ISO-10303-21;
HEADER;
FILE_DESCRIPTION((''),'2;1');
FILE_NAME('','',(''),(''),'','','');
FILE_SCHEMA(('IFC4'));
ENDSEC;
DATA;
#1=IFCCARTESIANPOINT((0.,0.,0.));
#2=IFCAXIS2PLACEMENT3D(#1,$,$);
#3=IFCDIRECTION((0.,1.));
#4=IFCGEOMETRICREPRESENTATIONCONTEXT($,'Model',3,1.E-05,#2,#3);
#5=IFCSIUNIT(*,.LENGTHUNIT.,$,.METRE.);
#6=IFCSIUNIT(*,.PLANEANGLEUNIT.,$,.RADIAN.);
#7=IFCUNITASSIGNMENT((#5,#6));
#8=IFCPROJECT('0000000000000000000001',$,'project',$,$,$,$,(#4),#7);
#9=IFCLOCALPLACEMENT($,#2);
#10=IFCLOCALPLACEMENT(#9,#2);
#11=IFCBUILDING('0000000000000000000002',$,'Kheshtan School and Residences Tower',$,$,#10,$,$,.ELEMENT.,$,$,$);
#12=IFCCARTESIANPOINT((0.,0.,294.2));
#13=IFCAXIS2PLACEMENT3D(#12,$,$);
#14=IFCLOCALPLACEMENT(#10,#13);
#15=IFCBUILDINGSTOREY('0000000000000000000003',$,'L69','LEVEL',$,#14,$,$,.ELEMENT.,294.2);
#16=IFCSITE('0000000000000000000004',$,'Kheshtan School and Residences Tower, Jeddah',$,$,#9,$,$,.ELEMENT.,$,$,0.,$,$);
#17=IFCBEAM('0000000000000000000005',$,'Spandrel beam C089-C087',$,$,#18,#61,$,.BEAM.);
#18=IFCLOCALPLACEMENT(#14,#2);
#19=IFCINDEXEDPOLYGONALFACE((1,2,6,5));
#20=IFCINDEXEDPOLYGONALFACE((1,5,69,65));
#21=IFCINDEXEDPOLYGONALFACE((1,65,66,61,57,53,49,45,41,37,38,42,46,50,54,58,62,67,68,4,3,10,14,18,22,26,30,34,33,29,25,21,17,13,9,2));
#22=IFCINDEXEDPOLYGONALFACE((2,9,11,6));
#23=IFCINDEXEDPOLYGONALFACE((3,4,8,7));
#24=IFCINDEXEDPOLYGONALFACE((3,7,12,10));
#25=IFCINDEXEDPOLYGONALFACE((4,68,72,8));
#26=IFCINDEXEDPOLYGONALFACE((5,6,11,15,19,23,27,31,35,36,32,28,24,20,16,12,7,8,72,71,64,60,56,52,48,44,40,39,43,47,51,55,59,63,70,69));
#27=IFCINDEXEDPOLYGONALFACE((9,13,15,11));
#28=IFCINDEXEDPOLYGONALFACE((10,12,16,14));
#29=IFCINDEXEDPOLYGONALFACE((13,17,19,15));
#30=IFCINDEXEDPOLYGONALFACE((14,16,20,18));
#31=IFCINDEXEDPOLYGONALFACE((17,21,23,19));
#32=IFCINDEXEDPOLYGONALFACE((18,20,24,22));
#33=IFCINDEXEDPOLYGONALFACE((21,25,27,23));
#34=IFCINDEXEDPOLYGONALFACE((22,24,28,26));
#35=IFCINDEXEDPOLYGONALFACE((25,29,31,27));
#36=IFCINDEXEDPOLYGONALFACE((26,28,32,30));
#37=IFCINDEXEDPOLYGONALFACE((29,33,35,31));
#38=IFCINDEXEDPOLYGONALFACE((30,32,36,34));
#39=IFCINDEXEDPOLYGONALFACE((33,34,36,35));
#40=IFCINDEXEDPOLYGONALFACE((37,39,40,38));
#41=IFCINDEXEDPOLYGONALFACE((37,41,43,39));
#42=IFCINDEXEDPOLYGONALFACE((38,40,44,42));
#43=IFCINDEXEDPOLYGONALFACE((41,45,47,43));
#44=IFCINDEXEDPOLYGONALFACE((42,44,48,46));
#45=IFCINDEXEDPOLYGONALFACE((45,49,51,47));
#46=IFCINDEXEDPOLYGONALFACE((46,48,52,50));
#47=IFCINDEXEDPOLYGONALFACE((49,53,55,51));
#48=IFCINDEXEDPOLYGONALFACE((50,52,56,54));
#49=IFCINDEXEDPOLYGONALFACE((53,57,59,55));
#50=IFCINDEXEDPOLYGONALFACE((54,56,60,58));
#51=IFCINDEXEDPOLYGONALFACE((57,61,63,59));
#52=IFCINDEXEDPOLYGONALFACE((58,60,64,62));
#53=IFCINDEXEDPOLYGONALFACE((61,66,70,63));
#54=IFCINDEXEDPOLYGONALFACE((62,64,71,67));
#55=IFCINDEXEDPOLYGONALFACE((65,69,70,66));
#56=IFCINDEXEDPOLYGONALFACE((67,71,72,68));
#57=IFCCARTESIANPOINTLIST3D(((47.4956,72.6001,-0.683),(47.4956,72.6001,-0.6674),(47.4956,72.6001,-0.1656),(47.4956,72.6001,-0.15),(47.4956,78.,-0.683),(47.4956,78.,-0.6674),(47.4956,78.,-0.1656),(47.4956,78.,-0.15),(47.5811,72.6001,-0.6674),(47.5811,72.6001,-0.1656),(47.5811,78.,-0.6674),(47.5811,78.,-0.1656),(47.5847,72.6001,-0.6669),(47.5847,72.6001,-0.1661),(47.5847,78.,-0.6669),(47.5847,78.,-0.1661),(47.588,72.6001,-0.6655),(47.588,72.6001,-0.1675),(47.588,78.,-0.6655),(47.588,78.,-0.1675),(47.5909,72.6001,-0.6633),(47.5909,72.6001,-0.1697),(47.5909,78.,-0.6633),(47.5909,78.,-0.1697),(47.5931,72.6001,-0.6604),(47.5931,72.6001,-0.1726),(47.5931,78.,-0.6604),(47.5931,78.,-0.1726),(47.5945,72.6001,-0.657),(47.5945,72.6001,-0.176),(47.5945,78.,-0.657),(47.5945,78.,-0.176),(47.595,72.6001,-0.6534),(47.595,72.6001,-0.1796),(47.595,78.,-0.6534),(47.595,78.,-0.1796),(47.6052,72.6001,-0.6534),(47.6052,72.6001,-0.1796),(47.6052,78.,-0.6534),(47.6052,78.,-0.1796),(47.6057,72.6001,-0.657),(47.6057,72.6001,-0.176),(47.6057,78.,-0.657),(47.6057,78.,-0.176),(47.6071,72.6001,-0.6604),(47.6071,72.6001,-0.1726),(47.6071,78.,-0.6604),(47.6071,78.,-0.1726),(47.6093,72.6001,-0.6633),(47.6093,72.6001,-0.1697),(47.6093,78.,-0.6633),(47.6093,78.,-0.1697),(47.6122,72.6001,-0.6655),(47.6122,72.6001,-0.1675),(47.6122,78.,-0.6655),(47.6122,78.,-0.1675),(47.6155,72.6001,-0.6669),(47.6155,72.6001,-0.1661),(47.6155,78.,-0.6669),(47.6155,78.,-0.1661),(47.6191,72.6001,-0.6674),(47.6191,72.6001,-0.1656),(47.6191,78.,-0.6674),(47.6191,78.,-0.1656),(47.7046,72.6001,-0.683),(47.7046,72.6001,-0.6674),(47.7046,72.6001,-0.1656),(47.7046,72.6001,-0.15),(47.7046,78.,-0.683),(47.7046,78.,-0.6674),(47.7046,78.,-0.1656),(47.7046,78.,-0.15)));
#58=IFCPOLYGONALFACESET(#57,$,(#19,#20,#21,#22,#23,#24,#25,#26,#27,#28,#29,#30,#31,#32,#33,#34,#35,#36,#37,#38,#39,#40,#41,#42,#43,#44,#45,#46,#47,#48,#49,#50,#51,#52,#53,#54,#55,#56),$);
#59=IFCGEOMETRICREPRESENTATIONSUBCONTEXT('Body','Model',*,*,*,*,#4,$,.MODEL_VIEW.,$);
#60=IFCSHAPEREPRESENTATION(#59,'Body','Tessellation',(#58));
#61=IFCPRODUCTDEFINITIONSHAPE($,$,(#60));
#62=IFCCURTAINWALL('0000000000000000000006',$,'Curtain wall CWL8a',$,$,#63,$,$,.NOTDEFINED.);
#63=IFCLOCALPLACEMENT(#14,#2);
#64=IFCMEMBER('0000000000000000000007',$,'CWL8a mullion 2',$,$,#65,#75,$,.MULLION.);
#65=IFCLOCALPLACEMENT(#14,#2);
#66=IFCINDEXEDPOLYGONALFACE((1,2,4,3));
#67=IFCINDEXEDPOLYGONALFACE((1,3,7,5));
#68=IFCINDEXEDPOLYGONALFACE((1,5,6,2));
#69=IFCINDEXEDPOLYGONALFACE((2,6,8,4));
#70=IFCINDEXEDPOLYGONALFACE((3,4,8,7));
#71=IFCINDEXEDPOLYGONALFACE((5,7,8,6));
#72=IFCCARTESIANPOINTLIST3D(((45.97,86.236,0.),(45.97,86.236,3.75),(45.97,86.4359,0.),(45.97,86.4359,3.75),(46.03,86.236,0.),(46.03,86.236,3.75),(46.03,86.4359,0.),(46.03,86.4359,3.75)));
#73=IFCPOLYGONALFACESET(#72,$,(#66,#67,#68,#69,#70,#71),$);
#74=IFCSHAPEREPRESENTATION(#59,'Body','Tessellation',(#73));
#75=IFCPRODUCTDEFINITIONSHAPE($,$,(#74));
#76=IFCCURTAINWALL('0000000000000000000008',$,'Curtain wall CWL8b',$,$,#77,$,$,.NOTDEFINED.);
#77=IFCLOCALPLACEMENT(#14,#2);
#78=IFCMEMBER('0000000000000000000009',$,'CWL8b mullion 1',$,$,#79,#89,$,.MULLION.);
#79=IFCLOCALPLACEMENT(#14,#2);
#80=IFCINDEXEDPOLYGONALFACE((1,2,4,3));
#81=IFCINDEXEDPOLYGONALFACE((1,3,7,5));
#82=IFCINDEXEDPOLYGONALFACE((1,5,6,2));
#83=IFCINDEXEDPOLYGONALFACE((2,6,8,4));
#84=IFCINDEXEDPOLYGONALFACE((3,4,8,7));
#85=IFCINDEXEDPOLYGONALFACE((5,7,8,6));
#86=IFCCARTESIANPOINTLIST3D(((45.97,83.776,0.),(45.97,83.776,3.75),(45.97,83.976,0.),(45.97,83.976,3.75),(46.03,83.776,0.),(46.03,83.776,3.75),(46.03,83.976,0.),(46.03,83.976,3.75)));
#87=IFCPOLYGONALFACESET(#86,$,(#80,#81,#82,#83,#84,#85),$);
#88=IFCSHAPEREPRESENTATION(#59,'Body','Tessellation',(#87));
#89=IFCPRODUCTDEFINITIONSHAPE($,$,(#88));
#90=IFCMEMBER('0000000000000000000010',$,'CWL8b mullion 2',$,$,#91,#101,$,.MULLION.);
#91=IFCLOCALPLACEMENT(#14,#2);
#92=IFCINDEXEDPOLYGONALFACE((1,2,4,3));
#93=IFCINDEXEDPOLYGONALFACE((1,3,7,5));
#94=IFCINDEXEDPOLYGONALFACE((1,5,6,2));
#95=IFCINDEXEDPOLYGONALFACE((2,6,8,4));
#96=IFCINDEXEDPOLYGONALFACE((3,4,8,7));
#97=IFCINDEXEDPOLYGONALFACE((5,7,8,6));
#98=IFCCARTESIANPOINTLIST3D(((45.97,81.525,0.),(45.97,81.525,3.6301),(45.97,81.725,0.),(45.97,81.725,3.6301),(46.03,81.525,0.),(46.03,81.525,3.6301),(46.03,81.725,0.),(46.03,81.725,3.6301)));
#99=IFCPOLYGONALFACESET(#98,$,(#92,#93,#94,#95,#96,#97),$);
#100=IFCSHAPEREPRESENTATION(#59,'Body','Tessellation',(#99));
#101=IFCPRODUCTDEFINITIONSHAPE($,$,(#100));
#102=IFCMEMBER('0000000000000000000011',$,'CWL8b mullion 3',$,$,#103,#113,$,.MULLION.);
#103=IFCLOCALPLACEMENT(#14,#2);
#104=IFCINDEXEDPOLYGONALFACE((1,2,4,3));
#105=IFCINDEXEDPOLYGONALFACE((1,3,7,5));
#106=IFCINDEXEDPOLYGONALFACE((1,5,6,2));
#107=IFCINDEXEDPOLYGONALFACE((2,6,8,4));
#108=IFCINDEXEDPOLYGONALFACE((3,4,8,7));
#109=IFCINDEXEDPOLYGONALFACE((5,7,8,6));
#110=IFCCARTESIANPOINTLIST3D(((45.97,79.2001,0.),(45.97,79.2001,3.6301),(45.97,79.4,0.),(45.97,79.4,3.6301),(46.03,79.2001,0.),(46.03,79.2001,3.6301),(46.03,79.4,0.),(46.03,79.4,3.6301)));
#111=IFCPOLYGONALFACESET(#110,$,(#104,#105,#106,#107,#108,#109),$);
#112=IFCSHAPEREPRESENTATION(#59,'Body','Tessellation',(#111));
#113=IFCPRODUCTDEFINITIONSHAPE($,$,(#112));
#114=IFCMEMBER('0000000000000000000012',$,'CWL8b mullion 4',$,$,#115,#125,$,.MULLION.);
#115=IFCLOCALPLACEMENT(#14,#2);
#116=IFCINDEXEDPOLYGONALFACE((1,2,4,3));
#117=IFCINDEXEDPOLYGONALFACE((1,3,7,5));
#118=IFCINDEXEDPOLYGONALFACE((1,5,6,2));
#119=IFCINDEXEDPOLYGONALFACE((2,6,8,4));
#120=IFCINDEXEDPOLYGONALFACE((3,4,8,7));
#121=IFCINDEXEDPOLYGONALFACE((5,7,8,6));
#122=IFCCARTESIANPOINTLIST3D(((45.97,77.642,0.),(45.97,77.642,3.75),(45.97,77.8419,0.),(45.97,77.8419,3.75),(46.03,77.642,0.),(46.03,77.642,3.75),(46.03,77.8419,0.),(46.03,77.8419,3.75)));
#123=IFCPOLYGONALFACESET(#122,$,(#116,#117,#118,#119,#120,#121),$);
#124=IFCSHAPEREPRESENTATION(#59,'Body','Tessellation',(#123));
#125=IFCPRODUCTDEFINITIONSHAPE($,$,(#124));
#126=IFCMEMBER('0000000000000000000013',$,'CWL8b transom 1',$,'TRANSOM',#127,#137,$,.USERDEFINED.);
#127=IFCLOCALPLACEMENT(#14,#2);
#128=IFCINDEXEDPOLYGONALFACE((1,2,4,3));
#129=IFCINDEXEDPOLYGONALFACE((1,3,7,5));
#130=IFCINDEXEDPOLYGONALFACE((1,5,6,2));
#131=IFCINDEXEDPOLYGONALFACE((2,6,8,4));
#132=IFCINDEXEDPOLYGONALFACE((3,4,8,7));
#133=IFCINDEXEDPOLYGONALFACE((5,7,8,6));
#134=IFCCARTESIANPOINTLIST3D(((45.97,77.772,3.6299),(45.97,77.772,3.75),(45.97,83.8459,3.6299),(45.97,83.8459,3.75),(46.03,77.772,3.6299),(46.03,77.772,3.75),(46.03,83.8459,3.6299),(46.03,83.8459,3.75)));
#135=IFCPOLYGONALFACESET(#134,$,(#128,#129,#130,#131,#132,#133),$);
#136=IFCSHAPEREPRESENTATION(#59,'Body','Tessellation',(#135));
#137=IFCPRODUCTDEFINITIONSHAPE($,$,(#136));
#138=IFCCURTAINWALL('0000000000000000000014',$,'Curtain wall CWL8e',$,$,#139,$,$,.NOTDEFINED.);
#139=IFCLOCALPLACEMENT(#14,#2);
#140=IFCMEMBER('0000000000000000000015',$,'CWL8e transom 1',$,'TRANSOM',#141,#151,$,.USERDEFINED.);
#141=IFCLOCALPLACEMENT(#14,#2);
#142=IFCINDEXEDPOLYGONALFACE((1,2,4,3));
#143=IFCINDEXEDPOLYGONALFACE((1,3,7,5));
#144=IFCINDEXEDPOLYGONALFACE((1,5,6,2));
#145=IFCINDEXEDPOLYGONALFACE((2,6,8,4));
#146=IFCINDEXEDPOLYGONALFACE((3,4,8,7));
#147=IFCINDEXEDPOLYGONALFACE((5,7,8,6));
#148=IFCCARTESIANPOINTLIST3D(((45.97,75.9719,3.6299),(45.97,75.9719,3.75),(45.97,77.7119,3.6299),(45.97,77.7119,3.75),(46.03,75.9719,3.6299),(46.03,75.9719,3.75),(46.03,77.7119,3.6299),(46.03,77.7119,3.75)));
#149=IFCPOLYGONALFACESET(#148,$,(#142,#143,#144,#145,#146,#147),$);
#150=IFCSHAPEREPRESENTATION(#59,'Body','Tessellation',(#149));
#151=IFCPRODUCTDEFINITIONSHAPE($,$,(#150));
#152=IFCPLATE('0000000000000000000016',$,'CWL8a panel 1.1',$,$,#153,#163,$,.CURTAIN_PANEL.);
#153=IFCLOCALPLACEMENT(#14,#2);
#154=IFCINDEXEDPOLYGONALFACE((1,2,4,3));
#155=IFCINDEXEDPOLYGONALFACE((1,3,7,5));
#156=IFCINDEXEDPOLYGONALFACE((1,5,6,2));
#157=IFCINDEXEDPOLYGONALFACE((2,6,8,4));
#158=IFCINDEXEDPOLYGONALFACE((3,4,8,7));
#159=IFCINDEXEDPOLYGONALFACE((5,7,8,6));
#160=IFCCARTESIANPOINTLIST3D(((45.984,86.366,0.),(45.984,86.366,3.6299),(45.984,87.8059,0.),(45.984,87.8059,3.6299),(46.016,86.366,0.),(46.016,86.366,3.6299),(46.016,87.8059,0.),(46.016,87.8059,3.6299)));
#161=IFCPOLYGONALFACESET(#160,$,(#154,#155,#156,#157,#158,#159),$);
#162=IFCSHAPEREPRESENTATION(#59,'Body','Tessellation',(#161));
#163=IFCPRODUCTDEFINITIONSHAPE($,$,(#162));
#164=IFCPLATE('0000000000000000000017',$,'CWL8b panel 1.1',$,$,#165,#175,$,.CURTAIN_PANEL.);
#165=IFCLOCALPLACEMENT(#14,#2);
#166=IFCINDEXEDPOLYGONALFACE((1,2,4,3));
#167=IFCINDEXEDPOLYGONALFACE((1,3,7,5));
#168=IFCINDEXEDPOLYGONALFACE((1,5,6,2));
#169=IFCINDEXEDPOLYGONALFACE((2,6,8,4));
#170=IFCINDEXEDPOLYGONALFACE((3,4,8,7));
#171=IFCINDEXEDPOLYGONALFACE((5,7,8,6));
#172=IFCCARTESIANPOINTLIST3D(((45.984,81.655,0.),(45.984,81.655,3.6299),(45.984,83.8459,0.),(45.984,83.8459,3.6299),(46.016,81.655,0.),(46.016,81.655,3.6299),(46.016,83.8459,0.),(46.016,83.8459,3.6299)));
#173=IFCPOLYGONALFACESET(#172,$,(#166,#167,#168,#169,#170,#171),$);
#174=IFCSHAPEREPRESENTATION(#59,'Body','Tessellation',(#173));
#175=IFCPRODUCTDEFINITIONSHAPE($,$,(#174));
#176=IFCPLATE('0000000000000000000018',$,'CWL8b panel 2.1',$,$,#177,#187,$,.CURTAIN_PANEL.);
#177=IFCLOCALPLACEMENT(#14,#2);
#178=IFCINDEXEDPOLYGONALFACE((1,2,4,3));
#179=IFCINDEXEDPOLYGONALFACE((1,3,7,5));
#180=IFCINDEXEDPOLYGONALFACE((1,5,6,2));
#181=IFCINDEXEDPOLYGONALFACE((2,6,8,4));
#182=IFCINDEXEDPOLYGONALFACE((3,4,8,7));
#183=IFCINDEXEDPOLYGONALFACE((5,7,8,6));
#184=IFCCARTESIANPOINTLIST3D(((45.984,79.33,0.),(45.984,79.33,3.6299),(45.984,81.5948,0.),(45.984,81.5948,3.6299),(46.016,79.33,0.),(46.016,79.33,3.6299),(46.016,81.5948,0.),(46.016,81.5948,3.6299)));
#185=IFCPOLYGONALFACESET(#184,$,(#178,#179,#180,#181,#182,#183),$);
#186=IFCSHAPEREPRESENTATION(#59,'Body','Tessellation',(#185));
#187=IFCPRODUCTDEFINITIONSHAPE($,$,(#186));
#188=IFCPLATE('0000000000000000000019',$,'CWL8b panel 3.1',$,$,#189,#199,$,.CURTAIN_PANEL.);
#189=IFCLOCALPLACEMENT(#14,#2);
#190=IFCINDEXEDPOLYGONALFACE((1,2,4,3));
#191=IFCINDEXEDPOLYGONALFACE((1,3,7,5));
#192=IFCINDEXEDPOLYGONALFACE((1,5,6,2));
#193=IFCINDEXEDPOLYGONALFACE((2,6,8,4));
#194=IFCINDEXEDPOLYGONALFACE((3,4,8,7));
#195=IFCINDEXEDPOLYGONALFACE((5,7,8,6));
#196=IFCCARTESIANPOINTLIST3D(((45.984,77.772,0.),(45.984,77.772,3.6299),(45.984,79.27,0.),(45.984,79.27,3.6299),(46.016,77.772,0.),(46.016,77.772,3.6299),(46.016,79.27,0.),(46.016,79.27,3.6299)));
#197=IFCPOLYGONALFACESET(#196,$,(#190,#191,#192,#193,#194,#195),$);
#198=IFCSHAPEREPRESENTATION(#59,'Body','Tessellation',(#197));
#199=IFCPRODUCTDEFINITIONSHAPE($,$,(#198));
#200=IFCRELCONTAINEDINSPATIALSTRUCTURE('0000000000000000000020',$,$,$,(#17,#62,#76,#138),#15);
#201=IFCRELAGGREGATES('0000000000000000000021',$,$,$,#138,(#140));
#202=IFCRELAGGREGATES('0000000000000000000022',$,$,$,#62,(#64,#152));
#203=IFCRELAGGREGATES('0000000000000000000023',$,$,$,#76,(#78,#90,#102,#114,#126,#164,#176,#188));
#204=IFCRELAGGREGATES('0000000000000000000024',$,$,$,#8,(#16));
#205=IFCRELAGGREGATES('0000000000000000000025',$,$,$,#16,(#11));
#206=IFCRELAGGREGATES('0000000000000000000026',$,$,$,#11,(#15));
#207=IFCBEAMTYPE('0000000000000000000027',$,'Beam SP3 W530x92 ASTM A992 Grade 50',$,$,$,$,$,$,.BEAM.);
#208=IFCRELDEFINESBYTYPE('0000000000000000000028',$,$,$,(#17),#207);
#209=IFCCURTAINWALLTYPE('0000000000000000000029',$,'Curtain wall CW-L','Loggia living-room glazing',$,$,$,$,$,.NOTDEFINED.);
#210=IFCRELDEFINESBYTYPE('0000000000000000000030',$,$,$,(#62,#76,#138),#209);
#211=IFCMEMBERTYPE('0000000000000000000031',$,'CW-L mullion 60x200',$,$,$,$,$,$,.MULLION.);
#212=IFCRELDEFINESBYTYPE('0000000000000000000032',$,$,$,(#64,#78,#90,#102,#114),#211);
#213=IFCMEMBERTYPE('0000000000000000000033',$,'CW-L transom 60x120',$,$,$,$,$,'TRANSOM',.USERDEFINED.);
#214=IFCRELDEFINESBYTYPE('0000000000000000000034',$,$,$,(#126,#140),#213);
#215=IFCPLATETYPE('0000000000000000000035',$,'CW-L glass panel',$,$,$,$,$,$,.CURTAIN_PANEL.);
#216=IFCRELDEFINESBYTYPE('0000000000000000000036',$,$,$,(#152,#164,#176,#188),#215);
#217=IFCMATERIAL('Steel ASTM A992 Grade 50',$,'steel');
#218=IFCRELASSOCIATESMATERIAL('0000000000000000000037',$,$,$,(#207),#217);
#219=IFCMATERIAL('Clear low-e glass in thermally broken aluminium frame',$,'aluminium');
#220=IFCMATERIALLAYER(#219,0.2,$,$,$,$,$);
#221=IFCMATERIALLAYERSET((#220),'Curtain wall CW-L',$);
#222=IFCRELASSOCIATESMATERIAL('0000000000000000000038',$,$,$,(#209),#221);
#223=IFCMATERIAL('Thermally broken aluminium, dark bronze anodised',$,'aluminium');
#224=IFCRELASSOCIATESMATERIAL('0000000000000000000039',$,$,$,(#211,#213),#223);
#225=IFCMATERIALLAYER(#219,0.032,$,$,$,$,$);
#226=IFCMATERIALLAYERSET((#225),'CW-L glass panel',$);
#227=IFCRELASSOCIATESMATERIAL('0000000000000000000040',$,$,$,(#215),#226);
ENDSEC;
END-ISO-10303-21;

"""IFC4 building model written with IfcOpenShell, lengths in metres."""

from ifc_helpers import new_model, si_unit, direction, frame, origin, origin_2d, place, context, subcontext, project, spatial, rectangle, i_section, extrude, material, layer, layer_set, material_profile, profile_set, type_object, element, aggregate, save


model = new_model("IFC4")

# Units and contexts
model_context = context("Model", 3, precision=1e-05, world=origin(), true_north=direction((0.0, 1.0)))
body_context = subcontext(model_context, "Body", "Model", "MODEL_VIEW")
ifc_project = project(units=[si_unit("LENGTHUNIT", "METRE"), si_unit("PLANEANGLEUNIT", "RADIAN")], contexts=[model_context])

# Site, building, storey
site_placement = place(None, origin())
site = spatial("IfcSite", under=ifc_project, at=site_placement, Name="Kheshtan School and Residences Tower, Jeddah", CompositionType="ELEMENT", RefElevation=0.0)
building_placement = place(site_placement, origin())
building = spatial("IfcBuilding", under=site, at=building_placement, Name="Kheshtan School and Residences Tower", CompositionType="ELEMENT")
storey_placement = place(building_placement, frame((0.0, 0.0, 294.2)))
storey = spatial("IfcBuildingStorey", under=building, at=storey_placement, Name="L69", Description="LEVEL", CompositionType="ELEMENT", Elevation=294.2)

# Shared definitions
ifc_material_1 = material(Name="Steel ASTM A992 Grade 50", Category="steel")

# Beam
ifc_material_profile_1 = material_profile(ifc_material_1, i_section(OverallWidth=0.209, OverallDepth=0.533, WebThickness=0.0103, FlangeThickness=0.0156, FilletRadius=0.0139, at=origin_2d()), Name="W530x92")
ifc_profile_set_1 = profile_set([ifc_material_profile_1], Name="Steel ASTM A992 Grade 50")
beam_type_1 = type_object("IfcBeamType", Name="Beam SP3 W530x92 ASTM A992 Grade 50", PredefinedType="BEAM", material=ifc_profile_set_1)
for number, where, z_axis, x_axis, name in (
    (1, (47.6001, 78.0, -0.4165), (0.0, -1.0, 0.0), (1.0, 0.0, 0.0), "Spandrel beam C089-C087"),
):
    element("IfcBeam", number, at=place(storey_placement, frame(where, z_axis=z_axis, x_axis=x_axis)), inside=storey, type_object=beam_type_1, Name=name, PredefinedType="BEAM", context=body_context, shape_type="SweptSolid", body=[
        extrude(i_section(OverallWidth=0.209, OverallDepth=0.533, WebThickness=0.0103, FlangeThickness=0.0156, FilletRadius=0.0139, at=origin_2d()), origin(), (0.0, 0.0, 1.0), 5.3999),
    ])

# Curtain wall, member
ifc_material_2 = material(Name="Clear low-e glass in thermally broken aluminium frame", Category="aluminium")
ifc_layer_1 = layer(ifc_material_2, 0.2)
ifc_layer_set_1 = layer_set([ifc_layer_1], Name="Curtain wall CW-L")
curtain_wall_type = type_object("IfcCurtainWallType", Name="Curtain wall CW-L", Description="Loggia living-room glazing", PredefinedType="NOTDEFINED", material=ifc_layer_set_1)
curtain_wall_1_placement = place(storey_placement, origin())
curtain_wall_1 = element("IfcCurtainWall", 2, at=curtain_wall_1_placement, inside=storey, type_object=curtain_wall_type, Name="Curtain wall CWL8a", PredefinedType="NOTDEFINED")
ifc_material_3 = material(Name="Thermally broken aluminium, dark bronze anodised", Category="aluminium")
ifc_material_profile_2 = material_profile(ifc_material_3, rectangle(XDim=0.0601, YDim=0.2, at=origin_2d()), Name="CW-L mullion 60x200")
ifc_profile_set_2 = profile_set([ifc_material_profile_2], Name="Thermally broken aluminium, dark bronze anodised")
member_type_1 = type_object("IfcMemberType", Name="CW-L mullion 60x200", PredefinedType="MULLION", material=ifc_profile_set_2)
member_1_placement = place(storey_placement, frame((46.0, 86.3359, 0.0), z_axis=(0.0, 0.0, 1.0), x_axis=(1.0, 0.0, 0.0)))
member_1 = element("IfcMember", 3, at=member_1_placement, type_object=member_type_1, Name="CWL8a mullion 2", PredefinedType="MULLION", context=body_context, shape_type="SweptSolid", body=[
    extrude(rectangle(XDim=0.0601, YDim=0.2, at=origin_2d()), origin(), (0.0, 0.0, 1.0), 3.75),
])

# Curtain wall, members
curtain_wall_2_placement = place(storey_placement, origin())
curtain_wall_2 = element("IfcCurtainWall", 4, at=curtain_wall_2_placement, inside=storey, type_object=curtain_wall_type, Name="Curtain wall CWL8b", PredefinedType="NOTDEFINED")
member_2_placement = place(storey_placement, frame((46.0, 83.876, 0.0), z_axis=(0.0, 0.0, 1.0), x_axis=(1.0, 0.0, 0.0)))
member_2 = element("IfcMember", 5, at=member_2_placement, type_object=member_type_1, Name="CWL8b mullion 1", PredefinedType="MULLION", context=body_context, shape_type="SweptSolid", body=[
    extrude(rectangle(XDim=0.0601, YDim=0.2, at=origin_2d()), origin(), (0.0, 0.0, 1.0), 3.75),
])
member_3_placement = place(storey_placement, frame((46.0, 81.625, 0.0), z_axis=(0.0, 0.0, 1.0), x_axis=(1.0, 0.0, 0.0)))
member_3 = element("IfcMember", 6, at=member_3_placement, type_object=member_type_1, Name="CWL8b mullion 2", PredefinedType="MULLION", context=body_context, shape_type="SweptSolid", body=[
    extrude(rectangle(XDim=0.0601, YDim=0.2, at=origin_2d()), origin(), (0.0, 0.0, 1.0), 3.6301),
])
member_4_placement = place(storey_placement, frame((46.0, 79.3, 0.0), z_axis=(0.0, 0.0, 1.0), x_axis=(1.0, 0.0, 0.0)))
member_4 = element("IfcMember", 7, at=member_4_placement, type_object=member_type_1, Name="CWL8b mullion 3", PredefinedType="MULLION", context=body_context, shape_type="SweptSolid", body=[
    extrude(rectangle(XDim=0.0601, YDim=0.2, at=origin_2d()), origin(), (0.0, 0.0, 1.0), 3.6301),
])
member_5_placement = place(storey_placement, frame((46.0, 77.7419, 0.0), z_axis=(0.0, 0.0, 1.0), x_axis=(1.0, 0.0, 0.0)))
member_5 = element("IfcMember", 8, at=member_5_placement, type_object=member_type_1, Name="CWL8b mullion 4", PredefinedType="MULLION", context=body_context, shape_type="SweptSolid", body=[
    extrude(rectangle(XDim=0.0601, YDim=0.2, at=origin_2d()), origin(), (0.0, 0.0, 1.0), 3.75),
])
ifc_material_profile_3 = material_profile(ifc_material_3, rectangle(XDim=0.0601, YDim=0.1201, at=origin_2d()), Name="CW-L transom 60x120")
ifc_profile_set_3 = profile_set([ifc_material_profile_3], Name="Thermally broken aluminium, dark bronze anodised")
member_type_2 = type_object("IfcMemberType", Name="CW-L transom 60x120", ElementType="TRANSOM", PredefinedType="USERDEFINED", material=ifc_profile_set_3)
member_6_placement = place(storey_placement, frame((46.0, 83.8459, 3.6899), z_axis=(0.0, -1.0, 0.0), x_axis=(1.0, 0.0, 0.0)))
member_6 = element("IfcMember", 9, at=member_6_placement, type_object=member_type_2, Name="CWL8b transom 1", ObjectType="TRANSOM", PredefinedType="USERDEFINED", context=body_context, shape_type="SweptSolid", body=[
    extrude(rectangle(XDim=0.0601, YDim=0.1201, at=origin_2d()), origin(), (0.0, 0.0, 1.0), 6.074),
])

# Curtain wall, member
curtain_wall_3_placement = place(storey_placement, origin())
curtain_wall_3 = element("IfcCurtainWall", 10, at=curtain_wall_3_placement, inside=storey, type_object=curtain_wall_type, Name="Curtain wall CWL8e", PredefinedType="NOTDEFINED")
member_7_placement = place(storey_placement, frame((46.0, 77.7119, 3.6899), z_axis=(0.0, -1.0, 0.0), x_axis=(1.0, 0.0, 0.0)))
member_7 = element("IfcMember", 11, at=member_7_placement, type_object=member_type_2, Name="CWL8e transom 1", ObjectType="TRANSOM", PredefinedType="USERDEFINED", context=body_context, shape_type="SweptSolid", body=[
    extrude(rectangle(XDim=0.0601, YDim=0.1201, at=origin_2d()), origin(), (0.0, 0.0, 1.0), 1.74),
])
aggregate(curtain_wall_3, [member_7])

# Plates
ifc_layer_2 = layer(ifc_material_2, 0.032)
ifc_layer_set_2 = layer_set([ifc_layer_2], Name="CW-L glass panel")
plate_type = type_object("IfcPlateType", Name="CW-L glass panel", PredefinedType="CURTAIN_PANEL", material=ifc_layer_set_2)
plate_1_placement = place(storey_placement, frame((46.0, 87.0859, 0.0), z_axis=(0.0, 0.0, 1.0), x_axis=(0.0, -1.0, 0.0)))
plate_1 = element("IfcPlate", 12, at=plate_1_placement, type_object=plate_type, Name="CWL8a panel 1.1", PredefinedType="CURTAIN_PANEL", context=body_context, shape_type="SweptSolid", body=[
    extrude(rectangle(XDim=1.4399, YDim=0.032, at=origin_2d()), origin(), (0.0, 0.0, 1.0), 3.6299),
])
aggregate(curtain_wall_1, [member_1, plate_1])
plate_2_placement = place(storey_placement, frame((46.0, 82.7505, 0.0), z_axis=(0.0, 0.0, 1.0), x_axis=(0.0, -1.0, 0.0)))
plate_2 = element("IfcPlate", 13, at=plate_2_placement, type_object=plate_type, Name="CWL8b panel 1.1", PredefinedType="CURTAIN_PANEL", context=body_context, shape_type="SweptSolid", body=[
    extrude(rectangle(XDim=2.1909, YDim=0.032, at=origin_2d()), origin(), (0.0, 0.0, 1.0), 3.6299),
])
plate_3_placement = place(storey_placement, frame((46.0, 80.4624, 0.0), z_axis=(0.0, 0.0, 1.0), x_axis=(0.0, -1.0, 0.0)))
plate_3 = element("IfcPlate", 14, at=plate_3_placement, type_object=plate_type, Name="CWL8b panel 2.1", PredefinedType="CURTAIN_PANEL", context=body_context, shape_type="SweptSolid", body=[
    extrude(rectangle(XDim=2.2649, YDim=0.032, at=origin_2d()), origin(), (0.0, 0.0, 1.0), 3.6299),
])
plate_4_placement = place(storey_placement, frame((46.0, 78.521, 0.0), z_axis=(0.0, 0.0, 1.0), x_axis=(0.0, -1.0, 0.0)))
plate_4 = element("IfcPlate", 15, at=plate_4_placement, type_object=plate_type, Name="CWL8b panel 3.1", PredefinedType="CURTAIN_PANEL", context=body_context, shape_type="SweptSolid", body=[
    extrude(rectangle(XDim=1.498, YDim=0.032, at=origin_2d()), origin(), (0.0, 0.0, 1.0), 3.6299),
])
aggregate(curtain_wall_2, [member_2, member_3, member_4, member_5, member_6, plate_2, plate_3, plate_4])

save(model, "model.ifc")
